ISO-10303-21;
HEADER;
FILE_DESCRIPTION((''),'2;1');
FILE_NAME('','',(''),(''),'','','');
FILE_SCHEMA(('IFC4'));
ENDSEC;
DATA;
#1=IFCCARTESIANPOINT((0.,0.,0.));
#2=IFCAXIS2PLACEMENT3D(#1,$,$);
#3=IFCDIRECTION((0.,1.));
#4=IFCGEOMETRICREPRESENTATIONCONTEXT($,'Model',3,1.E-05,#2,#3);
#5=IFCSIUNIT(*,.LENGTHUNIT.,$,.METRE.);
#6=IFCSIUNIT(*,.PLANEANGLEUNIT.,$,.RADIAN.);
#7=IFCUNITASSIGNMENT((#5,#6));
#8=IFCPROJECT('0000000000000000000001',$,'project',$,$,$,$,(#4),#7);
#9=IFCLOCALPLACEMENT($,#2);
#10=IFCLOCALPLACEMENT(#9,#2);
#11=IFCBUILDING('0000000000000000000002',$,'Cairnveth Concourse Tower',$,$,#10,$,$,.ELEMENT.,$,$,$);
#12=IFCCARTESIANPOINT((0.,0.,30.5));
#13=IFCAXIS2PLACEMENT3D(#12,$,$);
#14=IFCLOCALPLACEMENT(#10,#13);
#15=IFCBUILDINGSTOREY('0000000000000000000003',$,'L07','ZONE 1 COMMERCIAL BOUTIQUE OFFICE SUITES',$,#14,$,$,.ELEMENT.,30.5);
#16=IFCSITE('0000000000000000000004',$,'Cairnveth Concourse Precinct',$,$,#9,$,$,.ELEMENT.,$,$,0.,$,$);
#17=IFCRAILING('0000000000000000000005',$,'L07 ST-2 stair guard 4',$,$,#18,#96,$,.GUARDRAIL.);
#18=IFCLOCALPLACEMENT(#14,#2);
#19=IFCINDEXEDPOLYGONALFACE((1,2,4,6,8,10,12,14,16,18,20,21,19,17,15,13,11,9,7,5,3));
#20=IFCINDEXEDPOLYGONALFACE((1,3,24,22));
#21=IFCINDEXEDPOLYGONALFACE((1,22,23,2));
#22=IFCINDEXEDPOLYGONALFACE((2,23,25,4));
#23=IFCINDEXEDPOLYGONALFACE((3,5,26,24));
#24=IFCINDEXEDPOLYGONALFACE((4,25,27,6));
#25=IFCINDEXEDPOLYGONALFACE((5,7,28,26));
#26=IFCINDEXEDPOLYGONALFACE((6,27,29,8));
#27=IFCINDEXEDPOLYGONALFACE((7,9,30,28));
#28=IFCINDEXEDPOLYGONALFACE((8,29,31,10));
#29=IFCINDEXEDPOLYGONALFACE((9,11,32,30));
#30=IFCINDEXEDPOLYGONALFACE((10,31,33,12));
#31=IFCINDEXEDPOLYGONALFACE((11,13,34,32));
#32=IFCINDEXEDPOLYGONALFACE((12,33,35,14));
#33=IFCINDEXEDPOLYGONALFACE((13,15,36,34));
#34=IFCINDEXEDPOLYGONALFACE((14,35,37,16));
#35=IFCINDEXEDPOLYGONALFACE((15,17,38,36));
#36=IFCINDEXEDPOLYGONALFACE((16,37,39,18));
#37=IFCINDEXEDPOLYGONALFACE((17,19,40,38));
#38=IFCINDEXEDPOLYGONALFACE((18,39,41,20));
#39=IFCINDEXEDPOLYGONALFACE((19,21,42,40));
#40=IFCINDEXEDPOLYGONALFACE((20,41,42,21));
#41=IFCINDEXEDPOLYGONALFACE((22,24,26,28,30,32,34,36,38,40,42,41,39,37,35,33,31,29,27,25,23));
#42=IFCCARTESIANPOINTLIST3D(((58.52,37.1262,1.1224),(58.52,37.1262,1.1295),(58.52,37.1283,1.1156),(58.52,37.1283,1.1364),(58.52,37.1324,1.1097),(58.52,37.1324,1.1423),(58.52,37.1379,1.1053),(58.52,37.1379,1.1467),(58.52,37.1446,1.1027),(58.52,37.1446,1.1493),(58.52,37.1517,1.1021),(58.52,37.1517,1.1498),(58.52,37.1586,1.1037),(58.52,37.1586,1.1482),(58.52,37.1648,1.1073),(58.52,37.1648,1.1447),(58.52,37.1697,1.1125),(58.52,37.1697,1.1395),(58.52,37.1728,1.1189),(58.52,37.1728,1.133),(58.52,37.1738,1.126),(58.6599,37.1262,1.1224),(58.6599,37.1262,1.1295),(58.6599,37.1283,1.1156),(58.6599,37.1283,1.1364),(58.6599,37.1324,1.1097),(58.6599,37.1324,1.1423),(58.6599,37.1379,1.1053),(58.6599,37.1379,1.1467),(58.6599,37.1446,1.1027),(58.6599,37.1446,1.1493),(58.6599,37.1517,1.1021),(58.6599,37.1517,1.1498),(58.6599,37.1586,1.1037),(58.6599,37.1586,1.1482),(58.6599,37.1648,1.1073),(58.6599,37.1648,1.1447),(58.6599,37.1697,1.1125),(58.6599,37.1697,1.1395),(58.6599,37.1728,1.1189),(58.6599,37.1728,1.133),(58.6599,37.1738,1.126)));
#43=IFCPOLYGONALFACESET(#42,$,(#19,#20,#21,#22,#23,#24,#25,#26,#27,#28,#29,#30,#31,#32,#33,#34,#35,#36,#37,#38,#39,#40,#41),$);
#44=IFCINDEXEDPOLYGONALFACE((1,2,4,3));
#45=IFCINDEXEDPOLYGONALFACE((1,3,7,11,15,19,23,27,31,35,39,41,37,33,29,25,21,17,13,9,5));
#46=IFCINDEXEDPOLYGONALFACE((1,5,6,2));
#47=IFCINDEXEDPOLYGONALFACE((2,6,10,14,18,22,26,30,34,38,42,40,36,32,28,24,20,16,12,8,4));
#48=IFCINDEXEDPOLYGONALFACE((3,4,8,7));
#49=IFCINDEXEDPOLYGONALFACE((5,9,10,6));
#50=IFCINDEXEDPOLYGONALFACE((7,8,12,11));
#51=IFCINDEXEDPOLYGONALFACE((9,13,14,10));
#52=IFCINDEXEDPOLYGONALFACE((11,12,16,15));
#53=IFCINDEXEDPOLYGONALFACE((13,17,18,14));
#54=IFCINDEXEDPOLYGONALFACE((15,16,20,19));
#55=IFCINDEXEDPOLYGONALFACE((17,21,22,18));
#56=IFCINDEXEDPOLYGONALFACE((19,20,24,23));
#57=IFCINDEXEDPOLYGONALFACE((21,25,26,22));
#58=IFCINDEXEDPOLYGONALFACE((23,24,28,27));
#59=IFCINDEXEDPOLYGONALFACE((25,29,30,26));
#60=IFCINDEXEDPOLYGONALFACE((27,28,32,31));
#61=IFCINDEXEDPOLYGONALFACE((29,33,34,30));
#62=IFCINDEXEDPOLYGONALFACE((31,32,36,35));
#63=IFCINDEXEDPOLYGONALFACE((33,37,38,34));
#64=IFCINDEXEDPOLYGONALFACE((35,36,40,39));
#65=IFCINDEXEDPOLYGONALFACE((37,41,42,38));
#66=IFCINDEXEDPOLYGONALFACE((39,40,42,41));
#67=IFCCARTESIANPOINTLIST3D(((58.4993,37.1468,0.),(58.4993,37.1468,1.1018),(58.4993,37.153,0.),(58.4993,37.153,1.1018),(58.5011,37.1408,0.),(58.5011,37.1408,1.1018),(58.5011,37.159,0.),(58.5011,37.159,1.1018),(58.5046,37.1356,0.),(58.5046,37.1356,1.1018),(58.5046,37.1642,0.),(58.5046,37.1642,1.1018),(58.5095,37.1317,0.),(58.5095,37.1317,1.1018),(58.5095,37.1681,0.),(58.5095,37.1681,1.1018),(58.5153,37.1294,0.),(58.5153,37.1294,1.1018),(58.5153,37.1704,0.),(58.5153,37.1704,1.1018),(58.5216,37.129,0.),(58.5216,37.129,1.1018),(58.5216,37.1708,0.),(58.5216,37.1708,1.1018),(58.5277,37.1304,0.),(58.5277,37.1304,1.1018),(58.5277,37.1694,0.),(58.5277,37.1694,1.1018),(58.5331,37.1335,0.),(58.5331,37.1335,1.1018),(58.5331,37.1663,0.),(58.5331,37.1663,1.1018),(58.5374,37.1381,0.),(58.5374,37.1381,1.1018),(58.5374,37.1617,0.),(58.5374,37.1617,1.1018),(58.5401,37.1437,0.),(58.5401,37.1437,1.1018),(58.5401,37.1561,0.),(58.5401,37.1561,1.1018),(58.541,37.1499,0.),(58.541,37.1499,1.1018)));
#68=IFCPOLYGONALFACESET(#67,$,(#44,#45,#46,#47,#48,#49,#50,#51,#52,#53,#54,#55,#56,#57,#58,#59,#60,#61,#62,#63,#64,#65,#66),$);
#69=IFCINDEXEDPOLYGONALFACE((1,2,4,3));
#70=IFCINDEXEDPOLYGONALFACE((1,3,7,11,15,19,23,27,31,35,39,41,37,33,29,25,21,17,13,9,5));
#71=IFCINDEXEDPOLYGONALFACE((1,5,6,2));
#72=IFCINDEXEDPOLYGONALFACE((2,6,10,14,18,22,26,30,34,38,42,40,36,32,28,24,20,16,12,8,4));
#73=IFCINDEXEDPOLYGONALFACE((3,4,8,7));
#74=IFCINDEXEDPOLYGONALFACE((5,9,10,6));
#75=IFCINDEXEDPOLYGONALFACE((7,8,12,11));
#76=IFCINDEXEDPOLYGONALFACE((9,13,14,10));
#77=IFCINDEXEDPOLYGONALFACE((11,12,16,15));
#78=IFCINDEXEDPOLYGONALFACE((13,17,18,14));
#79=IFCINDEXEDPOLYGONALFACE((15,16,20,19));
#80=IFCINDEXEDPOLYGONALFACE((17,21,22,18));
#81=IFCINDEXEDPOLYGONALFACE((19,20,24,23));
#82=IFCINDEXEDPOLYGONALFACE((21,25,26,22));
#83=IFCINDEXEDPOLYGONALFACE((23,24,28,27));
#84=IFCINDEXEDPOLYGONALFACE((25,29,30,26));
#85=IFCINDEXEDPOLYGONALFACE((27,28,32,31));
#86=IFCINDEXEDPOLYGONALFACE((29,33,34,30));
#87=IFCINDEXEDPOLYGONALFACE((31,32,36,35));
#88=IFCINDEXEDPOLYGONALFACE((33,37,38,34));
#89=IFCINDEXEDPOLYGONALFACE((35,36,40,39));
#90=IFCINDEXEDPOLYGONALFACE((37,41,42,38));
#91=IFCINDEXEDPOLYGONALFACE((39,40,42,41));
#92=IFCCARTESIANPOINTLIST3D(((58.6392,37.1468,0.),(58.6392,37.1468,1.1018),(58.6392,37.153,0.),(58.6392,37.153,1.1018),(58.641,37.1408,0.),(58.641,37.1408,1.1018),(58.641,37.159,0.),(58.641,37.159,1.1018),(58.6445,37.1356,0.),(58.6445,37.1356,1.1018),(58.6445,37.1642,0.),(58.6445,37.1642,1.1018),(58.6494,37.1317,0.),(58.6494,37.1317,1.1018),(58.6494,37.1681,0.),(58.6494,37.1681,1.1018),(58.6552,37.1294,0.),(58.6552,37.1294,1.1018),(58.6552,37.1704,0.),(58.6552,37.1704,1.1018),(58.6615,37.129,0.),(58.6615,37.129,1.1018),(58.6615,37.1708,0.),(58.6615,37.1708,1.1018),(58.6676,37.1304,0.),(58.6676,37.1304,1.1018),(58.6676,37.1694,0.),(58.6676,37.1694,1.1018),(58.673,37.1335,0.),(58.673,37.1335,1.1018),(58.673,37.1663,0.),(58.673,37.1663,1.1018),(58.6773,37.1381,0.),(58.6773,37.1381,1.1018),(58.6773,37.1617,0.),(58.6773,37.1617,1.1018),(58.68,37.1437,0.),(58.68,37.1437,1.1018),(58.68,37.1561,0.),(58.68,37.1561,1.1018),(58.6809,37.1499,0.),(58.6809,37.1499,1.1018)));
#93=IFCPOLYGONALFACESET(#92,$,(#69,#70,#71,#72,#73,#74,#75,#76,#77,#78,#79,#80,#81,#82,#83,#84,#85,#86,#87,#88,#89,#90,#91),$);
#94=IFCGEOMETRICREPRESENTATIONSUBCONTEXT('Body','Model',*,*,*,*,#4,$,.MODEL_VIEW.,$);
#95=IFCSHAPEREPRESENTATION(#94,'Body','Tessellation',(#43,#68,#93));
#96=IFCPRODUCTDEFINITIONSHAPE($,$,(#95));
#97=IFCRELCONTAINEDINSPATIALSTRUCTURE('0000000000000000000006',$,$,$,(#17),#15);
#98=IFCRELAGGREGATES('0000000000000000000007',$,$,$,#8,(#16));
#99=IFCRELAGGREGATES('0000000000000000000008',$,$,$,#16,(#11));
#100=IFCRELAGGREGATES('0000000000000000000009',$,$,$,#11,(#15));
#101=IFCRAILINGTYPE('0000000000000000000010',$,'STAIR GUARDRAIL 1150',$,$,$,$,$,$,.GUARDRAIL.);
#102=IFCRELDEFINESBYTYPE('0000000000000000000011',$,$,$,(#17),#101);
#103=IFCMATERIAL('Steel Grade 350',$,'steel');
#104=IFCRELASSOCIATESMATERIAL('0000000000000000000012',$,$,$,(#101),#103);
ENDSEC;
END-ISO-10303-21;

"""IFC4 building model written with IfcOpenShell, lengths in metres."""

from ifc_helpers import new_model, si_unit, direction, frame, origin, origin_2d, place, context, subcontext, project, spatial, circle, extrude, material, type_object, element, save


model = new_model("IFC4")

# Units and contexts
model_context = context("Model", 3, precision=1e-05, world=origin(), true_north=direction((0.0, 1.0)))
body_context = subcontext(model_context, "Body", "Model", "MODEL_VIEW")
ifc_project = project(units=[si_unit("LENGTHUNIT", "METRE"), si_unit("PLANEANGLEUNIT", "RADIAN")], contexts=[model_context])

# Site, building, storey
site_placement = place(None, origin())
site = spatial("IfcSite", under=ifc_project, at=site_placement, Name="Cairnveth Concourse Precinct", CompositionType="ELEMENT", RefElevation=0.0)
building_placement = place(site_placement, origin())
building = spatial("IfcBuilding", under=site, at=building_placement, Name="Cairnveth Concourse Tower", CompositionType="ELEMENT")
storey_placement = place(building_placement, frame((0.0, 0.0, 30.5)))
storey = spatial("IfcBuildingStorey", under=building, at=storey_placement, Name="L07", Description="ZONE 1 COMMERCIAL BOUTIQUE OFFICE SUITES", CompositionType="ELEMENT", Elevation=30.5)

# Shared definitions
ifc_material_1 = material(Name="Steel Grade 350", Category="steel")

# Railing
railing_type_1 = type_object("IfcRailingType", Name="STAIR GUARDRAIL 1150", PredefinedType="GUARDRAIL", material=ifc_material_1)
railing_1_placement = place(storey_placement, frame((58.52, 37.1499, 0.0)))
element("IfcRailing", 1, at=railing_1_placement, inside=storey, type_object=railing_type_1, Name="L07 ST-2 stair guard 4", PredefinedType="GUARDRAIL", context=body_context, shape_type="SweptSolid", body=[
    extrude(circle(Radius=0.0239, at=origin_2d()), frame((0.0, 0.0, 1.126), z_axis=(1.0, 0.0, 0.0), x_axis=(0.0, 1.0, 0.0)), (0.0, 0.0, 1.0), 0.1399),
    extrude(circle(Radius=0.021, at=origin_2d()), origin(), (0.0, 0.0, 1.0), 1.1018),
    extrude(circle(Radius=0.021, at=origin_2d()), frame((0.1399, 0.0, 0.0)), (0.0, 0.0, 1.0), 1.1018),
])

save(model, "model.ifc")
